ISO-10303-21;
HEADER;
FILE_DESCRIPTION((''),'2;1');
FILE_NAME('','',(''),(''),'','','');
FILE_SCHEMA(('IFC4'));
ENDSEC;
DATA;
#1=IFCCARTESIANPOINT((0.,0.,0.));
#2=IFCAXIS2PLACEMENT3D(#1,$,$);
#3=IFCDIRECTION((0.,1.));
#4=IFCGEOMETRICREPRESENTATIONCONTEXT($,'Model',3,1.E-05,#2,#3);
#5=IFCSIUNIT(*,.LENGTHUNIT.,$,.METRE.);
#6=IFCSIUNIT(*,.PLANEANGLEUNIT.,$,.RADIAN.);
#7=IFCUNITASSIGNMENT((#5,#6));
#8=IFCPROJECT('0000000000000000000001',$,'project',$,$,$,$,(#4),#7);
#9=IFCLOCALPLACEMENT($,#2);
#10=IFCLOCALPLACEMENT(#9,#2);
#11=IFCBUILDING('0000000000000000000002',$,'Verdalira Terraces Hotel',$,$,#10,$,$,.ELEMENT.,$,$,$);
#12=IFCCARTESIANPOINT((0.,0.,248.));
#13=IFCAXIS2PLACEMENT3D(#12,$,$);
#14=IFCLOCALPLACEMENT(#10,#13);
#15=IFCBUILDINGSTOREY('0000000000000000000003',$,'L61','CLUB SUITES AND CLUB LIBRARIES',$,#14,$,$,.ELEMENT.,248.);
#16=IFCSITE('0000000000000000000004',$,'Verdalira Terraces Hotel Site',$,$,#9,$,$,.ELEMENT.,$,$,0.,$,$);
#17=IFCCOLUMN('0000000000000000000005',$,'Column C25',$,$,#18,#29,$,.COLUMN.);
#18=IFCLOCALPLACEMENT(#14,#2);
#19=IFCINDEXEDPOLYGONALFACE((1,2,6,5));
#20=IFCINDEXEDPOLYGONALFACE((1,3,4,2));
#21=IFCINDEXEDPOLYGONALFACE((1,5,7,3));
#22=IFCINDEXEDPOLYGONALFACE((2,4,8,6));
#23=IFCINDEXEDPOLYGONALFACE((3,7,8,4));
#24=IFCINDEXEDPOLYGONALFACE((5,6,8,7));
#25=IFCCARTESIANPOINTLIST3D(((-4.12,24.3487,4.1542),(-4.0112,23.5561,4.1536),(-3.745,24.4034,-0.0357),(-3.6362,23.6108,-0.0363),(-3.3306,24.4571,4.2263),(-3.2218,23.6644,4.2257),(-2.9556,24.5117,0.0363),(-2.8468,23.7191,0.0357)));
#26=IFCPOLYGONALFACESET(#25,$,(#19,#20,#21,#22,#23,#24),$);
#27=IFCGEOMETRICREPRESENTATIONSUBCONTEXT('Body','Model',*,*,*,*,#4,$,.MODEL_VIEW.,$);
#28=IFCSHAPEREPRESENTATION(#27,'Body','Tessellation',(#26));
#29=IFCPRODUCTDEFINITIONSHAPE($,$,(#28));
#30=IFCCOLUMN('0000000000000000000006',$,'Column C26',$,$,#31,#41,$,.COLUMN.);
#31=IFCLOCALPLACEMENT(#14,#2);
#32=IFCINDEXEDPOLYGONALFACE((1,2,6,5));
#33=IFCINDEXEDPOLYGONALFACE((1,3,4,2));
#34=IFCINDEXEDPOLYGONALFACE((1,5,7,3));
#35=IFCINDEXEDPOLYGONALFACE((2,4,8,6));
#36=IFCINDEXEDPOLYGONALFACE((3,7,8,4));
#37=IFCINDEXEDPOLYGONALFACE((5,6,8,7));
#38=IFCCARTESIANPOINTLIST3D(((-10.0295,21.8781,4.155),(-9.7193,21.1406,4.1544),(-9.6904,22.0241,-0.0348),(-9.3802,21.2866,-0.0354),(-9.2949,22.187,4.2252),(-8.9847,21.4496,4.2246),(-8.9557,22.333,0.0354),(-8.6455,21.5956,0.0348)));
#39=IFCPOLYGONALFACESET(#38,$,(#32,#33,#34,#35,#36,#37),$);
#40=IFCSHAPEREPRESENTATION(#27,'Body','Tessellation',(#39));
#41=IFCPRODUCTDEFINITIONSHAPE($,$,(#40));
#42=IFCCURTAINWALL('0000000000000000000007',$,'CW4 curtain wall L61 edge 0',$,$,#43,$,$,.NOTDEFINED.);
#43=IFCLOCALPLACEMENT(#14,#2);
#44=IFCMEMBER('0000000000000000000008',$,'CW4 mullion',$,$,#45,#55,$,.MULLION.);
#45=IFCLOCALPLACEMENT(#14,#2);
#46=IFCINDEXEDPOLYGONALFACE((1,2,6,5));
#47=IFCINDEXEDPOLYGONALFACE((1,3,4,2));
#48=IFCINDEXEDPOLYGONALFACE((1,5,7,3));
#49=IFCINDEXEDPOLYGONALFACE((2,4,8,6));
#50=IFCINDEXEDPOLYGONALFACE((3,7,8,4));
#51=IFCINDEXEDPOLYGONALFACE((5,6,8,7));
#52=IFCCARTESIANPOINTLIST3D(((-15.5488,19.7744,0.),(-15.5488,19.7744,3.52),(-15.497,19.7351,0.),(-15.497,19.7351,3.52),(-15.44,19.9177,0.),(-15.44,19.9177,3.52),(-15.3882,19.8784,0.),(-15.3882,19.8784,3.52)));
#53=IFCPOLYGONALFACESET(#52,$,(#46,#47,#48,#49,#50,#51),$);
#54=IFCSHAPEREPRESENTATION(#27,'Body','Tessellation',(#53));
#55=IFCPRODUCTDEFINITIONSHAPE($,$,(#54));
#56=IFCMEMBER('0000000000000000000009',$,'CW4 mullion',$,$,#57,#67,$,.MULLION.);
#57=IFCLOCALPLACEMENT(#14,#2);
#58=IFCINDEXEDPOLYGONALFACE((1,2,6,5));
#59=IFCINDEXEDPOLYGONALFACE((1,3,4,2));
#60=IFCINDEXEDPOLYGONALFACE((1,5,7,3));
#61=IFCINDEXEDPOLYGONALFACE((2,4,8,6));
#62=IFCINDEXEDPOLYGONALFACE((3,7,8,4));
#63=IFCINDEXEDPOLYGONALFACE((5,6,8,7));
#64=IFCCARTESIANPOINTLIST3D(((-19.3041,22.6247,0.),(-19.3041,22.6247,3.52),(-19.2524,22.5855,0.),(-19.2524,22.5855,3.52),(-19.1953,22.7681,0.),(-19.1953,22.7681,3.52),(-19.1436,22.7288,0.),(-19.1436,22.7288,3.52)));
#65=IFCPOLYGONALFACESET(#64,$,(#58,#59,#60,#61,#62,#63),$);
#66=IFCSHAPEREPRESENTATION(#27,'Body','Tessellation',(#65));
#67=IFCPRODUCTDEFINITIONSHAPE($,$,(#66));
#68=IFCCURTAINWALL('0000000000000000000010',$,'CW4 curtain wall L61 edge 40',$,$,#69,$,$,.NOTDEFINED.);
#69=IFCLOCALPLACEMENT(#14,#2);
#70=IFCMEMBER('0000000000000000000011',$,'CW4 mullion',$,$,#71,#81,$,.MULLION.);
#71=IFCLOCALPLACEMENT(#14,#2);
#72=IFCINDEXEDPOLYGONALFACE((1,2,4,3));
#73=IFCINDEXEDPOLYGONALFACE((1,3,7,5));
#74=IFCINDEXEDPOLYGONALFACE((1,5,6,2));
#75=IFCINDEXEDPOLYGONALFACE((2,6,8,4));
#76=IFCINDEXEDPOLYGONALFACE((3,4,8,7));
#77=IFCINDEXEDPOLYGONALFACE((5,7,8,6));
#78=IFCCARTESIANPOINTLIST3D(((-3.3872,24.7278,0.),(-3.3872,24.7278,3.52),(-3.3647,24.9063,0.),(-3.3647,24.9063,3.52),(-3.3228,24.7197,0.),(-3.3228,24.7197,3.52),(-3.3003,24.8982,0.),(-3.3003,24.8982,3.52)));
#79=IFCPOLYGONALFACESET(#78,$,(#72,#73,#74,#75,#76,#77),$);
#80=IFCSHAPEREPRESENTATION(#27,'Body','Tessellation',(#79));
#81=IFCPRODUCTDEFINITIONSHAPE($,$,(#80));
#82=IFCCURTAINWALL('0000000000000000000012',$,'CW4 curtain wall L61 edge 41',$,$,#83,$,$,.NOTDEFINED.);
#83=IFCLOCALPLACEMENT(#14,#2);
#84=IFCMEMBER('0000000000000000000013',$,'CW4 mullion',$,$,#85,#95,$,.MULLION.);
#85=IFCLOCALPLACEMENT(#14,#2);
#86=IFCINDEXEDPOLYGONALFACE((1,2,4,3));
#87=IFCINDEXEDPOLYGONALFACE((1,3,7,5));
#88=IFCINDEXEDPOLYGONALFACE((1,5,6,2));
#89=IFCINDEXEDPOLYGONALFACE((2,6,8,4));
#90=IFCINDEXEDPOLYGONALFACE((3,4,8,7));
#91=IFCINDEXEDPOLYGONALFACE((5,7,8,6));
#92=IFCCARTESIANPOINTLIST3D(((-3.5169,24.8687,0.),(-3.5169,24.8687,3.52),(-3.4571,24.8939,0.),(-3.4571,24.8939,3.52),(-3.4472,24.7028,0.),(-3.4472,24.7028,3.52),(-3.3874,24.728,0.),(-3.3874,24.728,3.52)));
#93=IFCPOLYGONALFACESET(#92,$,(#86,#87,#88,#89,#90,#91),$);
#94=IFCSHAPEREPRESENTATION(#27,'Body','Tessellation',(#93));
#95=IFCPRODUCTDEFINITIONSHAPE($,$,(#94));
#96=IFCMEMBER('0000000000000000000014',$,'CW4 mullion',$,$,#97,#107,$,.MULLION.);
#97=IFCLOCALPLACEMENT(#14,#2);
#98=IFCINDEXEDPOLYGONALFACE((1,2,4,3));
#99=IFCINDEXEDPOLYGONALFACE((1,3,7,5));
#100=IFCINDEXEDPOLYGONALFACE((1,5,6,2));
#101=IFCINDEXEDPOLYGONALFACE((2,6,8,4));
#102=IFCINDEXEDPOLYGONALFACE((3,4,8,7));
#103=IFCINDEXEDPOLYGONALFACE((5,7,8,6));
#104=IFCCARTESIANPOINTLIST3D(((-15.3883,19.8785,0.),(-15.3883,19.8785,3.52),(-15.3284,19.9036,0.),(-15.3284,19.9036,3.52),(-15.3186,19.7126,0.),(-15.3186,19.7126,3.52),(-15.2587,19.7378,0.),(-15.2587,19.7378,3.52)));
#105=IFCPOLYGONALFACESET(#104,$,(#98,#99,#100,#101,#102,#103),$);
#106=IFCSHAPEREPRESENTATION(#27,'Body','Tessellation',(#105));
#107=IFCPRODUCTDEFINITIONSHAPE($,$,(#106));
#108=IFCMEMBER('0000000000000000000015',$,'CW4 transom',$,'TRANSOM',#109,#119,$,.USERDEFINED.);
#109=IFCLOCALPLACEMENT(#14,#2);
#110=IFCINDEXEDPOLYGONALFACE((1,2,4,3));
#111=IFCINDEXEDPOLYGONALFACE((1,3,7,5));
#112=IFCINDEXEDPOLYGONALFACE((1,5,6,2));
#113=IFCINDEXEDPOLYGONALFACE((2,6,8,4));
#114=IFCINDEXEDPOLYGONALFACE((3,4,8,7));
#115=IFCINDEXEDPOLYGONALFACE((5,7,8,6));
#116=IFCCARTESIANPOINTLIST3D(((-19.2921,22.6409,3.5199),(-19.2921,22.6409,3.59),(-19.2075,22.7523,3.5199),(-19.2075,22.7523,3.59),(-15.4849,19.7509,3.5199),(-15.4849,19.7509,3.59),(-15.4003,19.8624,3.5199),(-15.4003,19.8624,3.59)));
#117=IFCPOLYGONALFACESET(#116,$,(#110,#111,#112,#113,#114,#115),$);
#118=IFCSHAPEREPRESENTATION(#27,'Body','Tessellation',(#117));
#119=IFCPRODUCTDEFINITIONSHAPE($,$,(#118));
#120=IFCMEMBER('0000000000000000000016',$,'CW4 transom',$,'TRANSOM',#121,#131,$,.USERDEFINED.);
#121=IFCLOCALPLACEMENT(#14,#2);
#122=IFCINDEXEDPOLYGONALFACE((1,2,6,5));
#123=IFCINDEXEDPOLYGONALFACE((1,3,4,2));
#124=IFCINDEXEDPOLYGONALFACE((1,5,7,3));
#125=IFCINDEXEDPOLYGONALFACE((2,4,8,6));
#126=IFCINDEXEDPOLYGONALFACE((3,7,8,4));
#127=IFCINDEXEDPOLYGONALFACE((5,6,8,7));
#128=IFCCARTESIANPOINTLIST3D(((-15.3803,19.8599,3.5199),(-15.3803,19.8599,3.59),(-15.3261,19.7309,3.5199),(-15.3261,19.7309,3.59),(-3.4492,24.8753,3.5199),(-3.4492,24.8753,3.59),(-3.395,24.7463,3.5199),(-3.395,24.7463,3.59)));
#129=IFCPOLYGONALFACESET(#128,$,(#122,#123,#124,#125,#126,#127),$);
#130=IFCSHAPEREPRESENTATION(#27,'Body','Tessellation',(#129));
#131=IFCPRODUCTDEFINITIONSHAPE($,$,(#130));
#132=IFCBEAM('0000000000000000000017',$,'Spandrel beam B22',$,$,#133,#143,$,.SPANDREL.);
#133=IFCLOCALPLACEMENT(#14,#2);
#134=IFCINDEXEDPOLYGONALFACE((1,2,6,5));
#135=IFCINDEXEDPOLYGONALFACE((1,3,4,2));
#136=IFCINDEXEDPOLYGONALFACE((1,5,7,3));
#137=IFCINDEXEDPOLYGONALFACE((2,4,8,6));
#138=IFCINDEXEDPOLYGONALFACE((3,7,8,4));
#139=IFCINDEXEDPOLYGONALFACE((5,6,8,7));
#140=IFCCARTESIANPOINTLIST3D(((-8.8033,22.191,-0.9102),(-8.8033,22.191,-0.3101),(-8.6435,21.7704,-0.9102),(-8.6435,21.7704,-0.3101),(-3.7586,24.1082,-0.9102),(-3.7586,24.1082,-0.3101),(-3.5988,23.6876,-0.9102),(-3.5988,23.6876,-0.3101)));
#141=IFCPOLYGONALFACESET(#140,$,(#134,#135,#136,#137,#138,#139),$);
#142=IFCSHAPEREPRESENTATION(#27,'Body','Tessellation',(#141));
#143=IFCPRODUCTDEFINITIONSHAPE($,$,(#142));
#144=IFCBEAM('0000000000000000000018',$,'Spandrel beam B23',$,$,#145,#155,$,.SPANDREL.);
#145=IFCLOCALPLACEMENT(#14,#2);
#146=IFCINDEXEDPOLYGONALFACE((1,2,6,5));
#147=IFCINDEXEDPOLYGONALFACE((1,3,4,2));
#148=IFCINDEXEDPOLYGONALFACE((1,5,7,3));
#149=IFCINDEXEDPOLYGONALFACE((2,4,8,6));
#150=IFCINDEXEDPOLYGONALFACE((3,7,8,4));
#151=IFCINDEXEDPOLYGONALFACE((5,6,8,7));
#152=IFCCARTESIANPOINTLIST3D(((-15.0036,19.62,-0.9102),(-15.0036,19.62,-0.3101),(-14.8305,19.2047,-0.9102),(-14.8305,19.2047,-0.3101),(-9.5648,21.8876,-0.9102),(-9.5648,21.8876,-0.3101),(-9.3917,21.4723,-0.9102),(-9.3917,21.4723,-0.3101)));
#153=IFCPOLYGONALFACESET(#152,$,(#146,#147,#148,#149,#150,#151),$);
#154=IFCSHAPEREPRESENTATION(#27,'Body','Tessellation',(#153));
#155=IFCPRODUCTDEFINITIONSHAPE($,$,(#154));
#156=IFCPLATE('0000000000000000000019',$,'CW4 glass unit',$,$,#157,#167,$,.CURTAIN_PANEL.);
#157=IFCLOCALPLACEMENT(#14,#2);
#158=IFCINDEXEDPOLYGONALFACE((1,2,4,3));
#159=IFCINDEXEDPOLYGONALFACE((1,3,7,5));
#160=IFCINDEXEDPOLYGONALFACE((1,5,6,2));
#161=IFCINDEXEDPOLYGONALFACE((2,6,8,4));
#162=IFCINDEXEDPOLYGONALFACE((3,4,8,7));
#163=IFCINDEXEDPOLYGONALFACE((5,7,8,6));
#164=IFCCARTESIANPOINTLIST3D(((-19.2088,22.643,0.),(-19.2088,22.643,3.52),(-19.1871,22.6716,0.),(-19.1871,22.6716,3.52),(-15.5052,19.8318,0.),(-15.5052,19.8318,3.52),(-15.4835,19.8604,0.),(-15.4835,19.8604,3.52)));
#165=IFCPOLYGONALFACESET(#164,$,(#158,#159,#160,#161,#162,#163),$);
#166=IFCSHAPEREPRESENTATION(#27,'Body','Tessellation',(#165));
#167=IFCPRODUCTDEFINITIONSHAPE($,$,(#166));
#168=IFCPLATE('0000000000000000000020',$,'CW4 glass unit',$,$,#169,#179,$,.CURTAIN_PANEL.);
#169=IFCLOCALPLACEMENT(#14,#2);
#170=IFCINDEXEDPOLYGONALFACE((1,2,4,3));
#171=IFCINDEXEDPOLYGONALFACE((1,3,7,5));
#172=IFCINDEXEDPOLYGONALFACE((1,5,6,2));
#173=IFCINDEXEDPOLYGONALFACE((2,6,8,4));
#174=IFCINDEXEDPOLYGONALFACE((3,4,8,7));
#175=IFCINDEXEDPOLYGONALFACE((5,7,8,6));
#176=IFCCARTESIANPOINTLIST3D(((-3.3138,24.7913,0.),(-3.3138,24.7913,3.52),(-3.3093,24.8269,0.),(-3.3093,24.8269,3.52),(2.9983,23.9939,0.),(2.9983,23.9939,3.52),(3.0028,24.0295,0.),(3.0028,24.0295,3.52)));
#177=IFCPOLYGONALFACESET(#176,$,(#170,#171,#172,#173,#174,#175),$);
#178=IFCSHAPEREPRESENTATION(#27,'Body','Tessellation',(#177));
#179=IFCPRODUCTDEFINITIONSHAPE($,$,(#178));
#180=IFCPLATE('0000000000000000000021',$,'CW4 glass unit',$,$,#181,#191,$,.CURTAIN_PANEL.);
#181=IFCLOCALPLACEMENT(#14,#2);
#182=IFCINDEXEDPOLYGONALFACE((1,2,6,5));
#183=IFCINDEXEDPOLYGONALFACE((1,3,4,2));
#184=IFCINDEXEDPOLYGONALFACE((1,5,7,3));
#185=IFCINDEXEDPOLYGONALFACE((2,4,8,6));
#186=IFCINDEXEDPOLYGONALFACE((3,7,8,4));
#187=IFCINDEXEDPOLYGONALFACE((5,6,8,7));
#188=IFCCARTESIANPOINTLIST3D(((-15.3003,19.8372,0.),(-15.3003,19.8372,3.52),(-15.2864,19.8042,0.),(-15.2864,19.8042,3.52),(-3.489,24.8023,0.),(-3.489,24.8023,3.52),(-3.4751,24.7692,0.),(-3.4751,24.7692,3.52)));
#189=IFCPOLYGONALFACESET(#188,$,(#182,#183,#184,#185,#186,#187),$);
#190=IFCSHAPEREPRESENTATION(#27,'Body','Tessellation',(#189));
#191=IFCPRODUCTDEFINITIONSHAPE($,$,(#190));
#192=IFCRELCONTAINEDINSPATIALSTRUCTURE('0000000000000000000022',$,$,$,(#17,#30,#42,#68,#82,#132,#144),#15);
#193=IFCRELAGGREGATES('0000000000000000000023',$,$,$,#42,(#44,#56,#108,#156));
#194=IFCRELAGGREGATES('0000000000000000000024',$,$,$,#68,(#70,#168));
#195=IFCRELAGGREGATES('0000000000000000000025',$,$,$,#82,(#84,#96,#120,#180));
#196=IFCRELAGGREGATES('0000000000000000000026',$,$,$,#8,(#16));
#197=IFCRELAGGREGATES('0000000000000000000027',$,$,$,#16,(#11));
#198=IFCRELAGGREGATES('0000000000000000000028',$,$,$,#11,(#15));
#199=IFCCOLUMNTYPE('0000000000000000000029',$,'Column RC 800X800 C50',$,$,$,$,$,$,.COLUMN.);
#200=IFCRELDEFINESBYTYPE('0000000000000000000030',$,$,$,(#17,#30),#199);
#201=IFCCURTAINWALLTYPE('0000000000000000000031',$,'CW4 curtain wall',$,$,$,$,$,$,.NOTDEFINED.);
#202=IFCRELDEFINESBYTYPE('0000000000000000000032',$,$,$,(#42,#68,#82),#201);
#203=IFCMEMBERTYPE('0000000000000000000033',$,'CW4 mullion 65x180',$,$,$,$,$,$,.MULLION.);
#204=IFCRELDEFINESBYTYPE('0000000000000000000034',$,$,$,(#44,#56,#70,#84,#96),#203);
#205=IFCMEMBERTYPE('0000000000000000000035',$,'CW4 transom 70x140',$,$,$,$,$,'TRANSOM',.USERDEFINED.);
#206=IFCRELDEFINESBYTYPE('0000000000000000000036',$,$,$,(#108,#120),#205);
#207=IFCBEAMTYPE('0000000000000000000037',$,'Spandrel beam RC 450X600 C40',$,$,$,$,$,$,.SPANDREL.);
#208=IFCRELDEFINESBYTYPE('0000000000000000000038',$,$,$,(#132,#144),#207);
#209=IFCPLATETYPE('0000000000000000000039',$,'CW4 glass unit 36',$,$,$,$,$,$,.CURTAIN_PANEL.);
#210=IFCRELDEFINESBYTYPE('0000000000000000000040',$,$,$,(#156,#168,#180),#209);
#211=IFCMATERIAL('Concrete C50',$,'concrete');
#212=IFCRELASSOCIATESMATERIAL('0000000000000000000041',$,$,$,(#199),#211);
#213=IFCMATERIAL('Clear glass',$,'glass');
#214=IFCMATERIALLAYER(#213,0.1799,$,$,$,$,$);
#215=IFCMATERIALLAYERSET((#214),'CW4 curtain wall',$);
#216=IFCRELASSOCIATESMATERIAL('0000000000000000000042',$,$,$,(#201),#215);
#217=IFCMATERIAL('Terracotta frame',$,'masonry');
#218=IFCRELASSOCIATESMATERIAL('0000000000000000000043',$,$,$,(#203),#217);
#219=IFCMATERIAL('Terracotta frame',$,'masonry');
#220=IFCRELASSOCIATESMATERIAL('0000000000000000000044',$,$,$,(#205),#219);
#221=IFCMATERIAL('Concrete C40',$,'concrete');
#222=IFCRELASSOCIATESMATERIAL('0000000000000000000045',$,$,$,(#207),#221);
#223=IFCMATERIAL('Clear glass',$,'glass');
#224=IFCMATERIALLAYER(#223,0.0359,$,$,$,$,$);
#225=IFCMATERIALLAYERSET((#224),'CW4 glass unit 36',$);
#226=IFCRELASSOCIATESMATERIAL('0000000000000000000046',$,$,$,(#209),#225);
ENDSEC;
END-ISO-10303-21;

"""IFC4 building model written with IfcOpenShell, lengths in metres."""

from ifc_helpers import new_model, si_unit, direction, frame, origin, origin_2d, place, context, subcontext, project, spatial, rectangle, extrude, material, layer, layer_set, material_profile, profile_set, type_object, element, aggregate, save


model = new_model("IFC4")

# Units and contexts
model_context = context("Model", 3, precision=1e-05, world=origin(), true_north=direction((0.0, 1.0)))
body_context = subcontext(model_context, "Body", "Model", "MODEL_VIEW")
ifc_project = project(units=[si_unit("LENGTHUNIT", "METRE"), si_unit("PLANEANGLEUNIT", "RADIAN")], contexts=[model_context])

# Site, building, storey
site_placement = place(None, origin())
site = spatial("IfcSite", under=ifc_project, at=site_placement, Name="Verdalira Terraces Hotel Site", CompositionType="ELEMENT", RefElevation=0.0)
building_placement = place(site_placement, origin())
building = spatial("IfcBuilding", under=site, at=building_placement, Name="Verdalira Terraces Hotel", CompositionType="ELEMENT")
storey_placement = place(building_placement, frame((0.0, 0.0, 248.0)))
storey = spatial("IfcBuildingStorey", under=building, at=storey_placement, Name="L61", Description="CLUB SUITES AND CLUB LIBRARIES", CompositionType="ELEMENT", Elevation=248.0)

# Columns
ifc_material_1 = material(Name="Concrete C50", Category="concrete")
ifc_material_profile_1 = material_profile(ifc_material_1, rectangle(XDim=0.8, YDim=0.8, at=origin_2d()), Name="RC 800X800")
ifc_profile_set_1 = profile_set([ifc_material_profile_1], Name="Concrete C50")
column_type = type_object("IfcColumnType", Name="Column RC 800X800 C50", PredefinedType="COLUMN", material=ifc_profile_set_1)
column_1_placement = place(storey_placement, frame((-3.2959, 24.0613, 0.0), z_axis=(-0.089136, -0.012999, 0.995935), x_axis=(0.986689, 0.135391, 0.090076)))
element("IfcColumn", 1, at=column_1_placement, inside=storey, type_object=column_type, Name="Column C25", PredefinedType="COLUMN", context=body_context, shape_type="SweptSolid", body=[
    extrude(rectangle(XDim=0.8, YDim=0.8, at=origin_2d()), origin(), (0.0, 0.0, 1.0), 4.207),
])
column_2_placement = place(storey_placement, frame((-9.168, 21.8098, 0.0), z_axis=(-0.080622, -0.03471, 0.99614), x_axis=(-0.918242, -0.38617, -0.087773)))
element("IfcColumn", 2, at=column_2_placement, inside=storey, type_object=column_type, Name="Column C26", PredefinedType="COLUMN", context=body_context, shape_type="SweptSolid", body=[
    extrude(rectangle(XDim=0.8, YDim=0.8, at=origin_2d()), origin(), (0.0, 0.0, 1.0), 4.2061),
])

# Curtain wall, members
ifc_material_2 = material(Name="Clear glass", Category="glass")
ifc_layer_1 = layer(ifc_material_2, 0.1799)
ifc_layer_set_1 = layer_set([ifc_layer_1], Name="CW4 curtain wall")
curtain_wall_type = type_object("IfcCurtainWallType", Name="CW4 curtain wall", PredefinedType="NOTDEFINED", material=ifc_layer_set_1)
curtain_wall_1_placement = place(storey_placement, origin())
curtain_wall_1 = element("IfcCurtainWall", 3, at=curtain_wall_1_placement, inside=storey, type_object=curtain_wall_type, Name="CW4 curtain wall L61 edge 0", PredefinedType="NOTDEFINED")
ifc_material_3 = material(Name="Terracotta frame", Category="masonry")
ifc_material_profile_2 = material_profile(ifc_material_3, rectangle(XDim=0.0649, YDim=0.1799, at=origin_2d()), Name="MU 65x180")
ifc_profile_set_2 = profile_set([ifc_material_profile_2], Name="Terracotta frame")
member_type_1 = type_object("IfcMemberType", Name="CW4 mullion 65x180", PredefinedType="MULLION", material=ifc_profile_set_2)
member_1_placement = place(storey_placement, frame((-15.4685, 19.8264, 0.0), z_axis=(0.0, 0.0, 1.0), x_axis=(-0.79653, 0.604599, 0.0)))
member_1 = element("IfcMember", 4, at=member_1_placement, type_object=member_type_1, Name="CW4 mullion", PredefinedType="MULLION", context=body_context, shape_type="SweptSolid", body=[
    extrude(rectangle(XDim=0.0649, YDim=0.1799, at=origin_2d()), origin(), (0.0, 0.0, 1.0), 3.52),
])
member_2_placement = place(storey_placement, frame((-19.2239, 22.6768, 0.0), z_axis=(0.0, 0.0, 1.0), x_axis=(-0.79653, 0.604599, 0.0)))
member_2 = element("IfcMember", 5, at=member_2_placement, type_object=member_type_1, Name="CW4 mullion", PredefinedType="MULLION", context=body_context, shape_type="SweptSolid", body=[
    extrude(rectangle(XDim=0.0649, YDim=0.1799, at=origin_2d()), origin(), (0.0, 0.0, 1.0), 3.52),
])

# Curtain wall, member
curtain_wall_2_placement = place(storey_placement, origin())
curtain_wall_2 = element("IfcCurtainWall", 6, at=curtain_wall_2_placement, inside=storey, type_object=curtain_wall_type, Name="CW4 curtain wall L61 edge 40", PredefinedType="NOTDEFINED")
member_3_placement = place(storey_placement, frame((-3.3438, 24.813, 0.0), z_axis=(0.0, 0.0, 1.0), x_axis=(-0.992115, 0.125333, 0.0)))
member_3 = element("IfcMember", 7, at=member_3_placement, type_object=member_type_1, Name="CW4 mullion", PredefinedType="MULLION", context=body_context, shape_type="SweptSolid", body=[
    extrude(rectangle(XDim=0.0649, YDim=0.1799, at=origin_2d()), origin(), (0.0, 0.0, 1.0), 3.52),
])

# Curtain wall, members
curtain_wall_3_placement = place(storey_placement, origin())
curtain_wall_3 = element("IfcCurtainWall", 8, at=curtain_wall_3_placement, inside=storey, type_object=curtain_wall_type, Name="CW4 curtain wall L61 edge 41", PredefinedType="NOTDEFINED")
member_4_placement = place(storey_placement, frame((-3.4521, 24.7983, 0.0), z_axis=(0.0, 0.0, 1.0), x_axis=(-0.921863, -0.387516, 0.0)))
member_4 = element("IfcMember", 9, at=member_4_placement, type_object=member_type_1, Name="CW4 mullion", PredefinedType="MULLION", context=body_context, shape_type="SweptSolid", body=[
    extrude(rectangle(XDim=0.0649, YDim=0.1799, at=origin_2d()), origin(), (0.0, 0.0, 1.0), 3.52),
])
member_5_placement = place(storey_placement, frame((-15.3235, 19.8081, 0.0), z_axis=(0.0, 0.0, 1.0), x_axis=(-0.921863, -0.387516, 0.0)))
member_5 = element("IfcMember", 10, at=member_5_placement, type_object=member_type_1, Name="CW4 mullion", PredefinedType="MULLION", context=body_context, shape_type="SweptSolid", body=[
    extrude(rectangle(XDim=0.0649, YDim=0.1799, at=origin_2d()), origin(), (0.0, 0.0, 1.0), 3.52),
])

# Members
ifc_material_4 = material(Name="Terracotta frame", Category="masonry")
ifc_material_profile_3 = material_profile(ifc_material_4, rectangle(XDim=0.1399, YDim=0.0701, at=origin_2d()), Name="TR 70x140")
ifc_profile_set_3 = profile_set([ifc_material_profile_3], Name="Terracotta frame")
member_type_2 = type_object("IfcMemberType", Name="CW4 transom 70x140", ElementType="TRANSOM", PredefinedType="USERDEFINED", material=ifc_profile_set_3)
member_6_placement = place(storey_placement, frame((-15.4426, 19.8066, 3.5549), z_axis=(-0.796517, 0.604616, 0.0), x_axis=(-0.604616, -0.796517, 0.0)))
member_6 = element("IfcMember", 11, at=member_6_placement, type_object=member_type_2, Name="CW4 transom", ObjectType="TRANSOM", PredefinedType="USERDEFINED", context=body_context, shape_type="SweptSolid", body=[
    extrude(rectangle(XDim=0.1399, YDim=0.0701, at=origin_2d()), origin(), (0.0, 0.0, 1.0), 4.7798),
])
member_7_placement = place(storey_placement, frame((-3.4221, 24.8108, 3.5549), z_axis=(-0.921864, -0.387515, 0.0), x_axis=(0.387515, -0.921864, 0.0)))
member_7 = element("IfcMember", 12, at=member_7_placement, type_object=member_type_2, Name="CW4 transom", ObjectType="TRANSOM", PredefinedType="USERDEFINED", context=body_context, shape_type="SweptSolid", body=[
    extrude(rectangle(XDim=0.1399, YDim=0.0701, at=origin_2d()), origin(), (0.0, 0.0, 1.0), 12.9424),
])

# Beams
ifc_material_5 = material(Name="Concrete C40", Category="concrete")
ifc_material_profile_4 = material_profile(ifc_material_5, rectangle(XDim=0.45, YDim=0.6001, at=origin_2d()), Name="RC 450X600")
ifc_profile_set_4 = profile_set([ifc_material_profile_4], Name="Concrete C40")
beam_type = type_object("IfcBeamType", Name="Spandrel beam RC 450X600 C40", PredefinedType="SPANDREL", material=ifc_profile_set_4)
beam_1_placement = place(storey_placement, frame((-3.6787, 23.8979, -0.6101), z_axis=(-0.934768, -0.35526, 0.0), x_axis=(0.35526, -0.934768, 0.0)))
element("IfcBeam", 13, at=beam_1_placement, inside=storey, type_object=beam_type, Name="Spandrel beam B22", PredefinedType="SPANDREL", context=body_context, shape_type="SweptSolid", body=[
    extrude(rectangle(XDim=0.45, YDim=0.6001, at=origin_2d()), origin(), (0.0, 0.0, 1.0), 5.3967),
])
beam_2_placement = place(storey_placement, frame((-9.4783, 21.6799, -0.6101), z_axis=(-0.92299, -0.384824, 0.0), x_axis=(0.384824, -0.92299, 0.0)))
element("IfcBeam", 14, at=beam_2_placement, inside=storey, type_object=beam_type, Name="Spandrel beam B23", PredefinedType="SPANDREL", context=body_context, shape_type="SweptSolid", body=[
    extrude(rectangle(XDim=0.45, YDim=0.6001, at=origin_2d()), origin(), (0.0, 0.0, 1.0), 5.8926),
])

# Plates
ifc_material_6 = material(Name="Clear glass", Category="glass")
ifc_layer_2 = layer(ifc_material_6, 0.0359)
ifc_layer_set_2 = layer_set([ifc_layer_2], Name="CW4 glass unit 36")
plate_type = type_object("IfcPlateType", Name="CW4 glass unit 36", PredefinedType="CURTAIN_PANEL", material=ifc_layer_set_2)
plate_1_placement = place(storey_placement, frame((-17.3462, 21.2517, 0.0), z_axis=(0.0, 0.0, 1.0), x_axis=(-0.79653, 0.604599, 0.0)))
plate_1 = element("IfcPlate", 15, at=plate_1_placement, type_object=plate_type, Name="CW4 glass unit", PredefinedType="CURTAIN_PANEL", context=body_context, shape_type="SweptSolid", body=[
    extrude(rectangle(XDim=4.6497, YDim=0.0359, at=origin_2d()), origin(), (0.0, 0.0, 1.0), 3.52),
])
aggregate(curtain_wall_1, [member_1, member_2, member_6, plate_1])
plate_2_placement = place(storey_placement, frame((-0.1555, 24.4104, 0.0), z_axis=(0.0, 0.0, 1.0), x_axis=(-0.992115, 0.125333, 0.0)))
plate_2 = element("IfcPlate", 16, at=plate_2_placement, type_object=plate_type, Name="CW4 glass unit", PredefinedType="CURTAIN_PANEL", context=body_context, shape_type="SweptSolid", body=[
    extrude(rectangle(XDim=6.3623, YDim=0.0359, at=origin_2d()), origin(), (0.0, 0.0, 1.0), 3.52),
])
aggregate(curtain_wall_2, [member_3, plate_2])
plate_3_placement = place(storey_placement, frame((-9.3877, 22.3032, 0.0), z_axis=(0.0, 0.0, 1.0), x_axis=(-0.921863, -0.387516, 0.0)))
plate_3 = element("IfcPlate", 17, at=plate_3_placement, type_object=plate_type, Name="CW4 glass unit", PredefinedType="CURTAIN_PANEL", context=body_context, shape_type="SweptSolid", body=[
    extrude(rectangle(XDim=12.8125, YDim=0.0359, at=origin_2d()), origin(), (0.0, 0.0, 1.0), 3.52),
])
aggregate(curtain_wall_3, [member_4, member_5, member_7, plate_3])

save(model, "model.ifc")
